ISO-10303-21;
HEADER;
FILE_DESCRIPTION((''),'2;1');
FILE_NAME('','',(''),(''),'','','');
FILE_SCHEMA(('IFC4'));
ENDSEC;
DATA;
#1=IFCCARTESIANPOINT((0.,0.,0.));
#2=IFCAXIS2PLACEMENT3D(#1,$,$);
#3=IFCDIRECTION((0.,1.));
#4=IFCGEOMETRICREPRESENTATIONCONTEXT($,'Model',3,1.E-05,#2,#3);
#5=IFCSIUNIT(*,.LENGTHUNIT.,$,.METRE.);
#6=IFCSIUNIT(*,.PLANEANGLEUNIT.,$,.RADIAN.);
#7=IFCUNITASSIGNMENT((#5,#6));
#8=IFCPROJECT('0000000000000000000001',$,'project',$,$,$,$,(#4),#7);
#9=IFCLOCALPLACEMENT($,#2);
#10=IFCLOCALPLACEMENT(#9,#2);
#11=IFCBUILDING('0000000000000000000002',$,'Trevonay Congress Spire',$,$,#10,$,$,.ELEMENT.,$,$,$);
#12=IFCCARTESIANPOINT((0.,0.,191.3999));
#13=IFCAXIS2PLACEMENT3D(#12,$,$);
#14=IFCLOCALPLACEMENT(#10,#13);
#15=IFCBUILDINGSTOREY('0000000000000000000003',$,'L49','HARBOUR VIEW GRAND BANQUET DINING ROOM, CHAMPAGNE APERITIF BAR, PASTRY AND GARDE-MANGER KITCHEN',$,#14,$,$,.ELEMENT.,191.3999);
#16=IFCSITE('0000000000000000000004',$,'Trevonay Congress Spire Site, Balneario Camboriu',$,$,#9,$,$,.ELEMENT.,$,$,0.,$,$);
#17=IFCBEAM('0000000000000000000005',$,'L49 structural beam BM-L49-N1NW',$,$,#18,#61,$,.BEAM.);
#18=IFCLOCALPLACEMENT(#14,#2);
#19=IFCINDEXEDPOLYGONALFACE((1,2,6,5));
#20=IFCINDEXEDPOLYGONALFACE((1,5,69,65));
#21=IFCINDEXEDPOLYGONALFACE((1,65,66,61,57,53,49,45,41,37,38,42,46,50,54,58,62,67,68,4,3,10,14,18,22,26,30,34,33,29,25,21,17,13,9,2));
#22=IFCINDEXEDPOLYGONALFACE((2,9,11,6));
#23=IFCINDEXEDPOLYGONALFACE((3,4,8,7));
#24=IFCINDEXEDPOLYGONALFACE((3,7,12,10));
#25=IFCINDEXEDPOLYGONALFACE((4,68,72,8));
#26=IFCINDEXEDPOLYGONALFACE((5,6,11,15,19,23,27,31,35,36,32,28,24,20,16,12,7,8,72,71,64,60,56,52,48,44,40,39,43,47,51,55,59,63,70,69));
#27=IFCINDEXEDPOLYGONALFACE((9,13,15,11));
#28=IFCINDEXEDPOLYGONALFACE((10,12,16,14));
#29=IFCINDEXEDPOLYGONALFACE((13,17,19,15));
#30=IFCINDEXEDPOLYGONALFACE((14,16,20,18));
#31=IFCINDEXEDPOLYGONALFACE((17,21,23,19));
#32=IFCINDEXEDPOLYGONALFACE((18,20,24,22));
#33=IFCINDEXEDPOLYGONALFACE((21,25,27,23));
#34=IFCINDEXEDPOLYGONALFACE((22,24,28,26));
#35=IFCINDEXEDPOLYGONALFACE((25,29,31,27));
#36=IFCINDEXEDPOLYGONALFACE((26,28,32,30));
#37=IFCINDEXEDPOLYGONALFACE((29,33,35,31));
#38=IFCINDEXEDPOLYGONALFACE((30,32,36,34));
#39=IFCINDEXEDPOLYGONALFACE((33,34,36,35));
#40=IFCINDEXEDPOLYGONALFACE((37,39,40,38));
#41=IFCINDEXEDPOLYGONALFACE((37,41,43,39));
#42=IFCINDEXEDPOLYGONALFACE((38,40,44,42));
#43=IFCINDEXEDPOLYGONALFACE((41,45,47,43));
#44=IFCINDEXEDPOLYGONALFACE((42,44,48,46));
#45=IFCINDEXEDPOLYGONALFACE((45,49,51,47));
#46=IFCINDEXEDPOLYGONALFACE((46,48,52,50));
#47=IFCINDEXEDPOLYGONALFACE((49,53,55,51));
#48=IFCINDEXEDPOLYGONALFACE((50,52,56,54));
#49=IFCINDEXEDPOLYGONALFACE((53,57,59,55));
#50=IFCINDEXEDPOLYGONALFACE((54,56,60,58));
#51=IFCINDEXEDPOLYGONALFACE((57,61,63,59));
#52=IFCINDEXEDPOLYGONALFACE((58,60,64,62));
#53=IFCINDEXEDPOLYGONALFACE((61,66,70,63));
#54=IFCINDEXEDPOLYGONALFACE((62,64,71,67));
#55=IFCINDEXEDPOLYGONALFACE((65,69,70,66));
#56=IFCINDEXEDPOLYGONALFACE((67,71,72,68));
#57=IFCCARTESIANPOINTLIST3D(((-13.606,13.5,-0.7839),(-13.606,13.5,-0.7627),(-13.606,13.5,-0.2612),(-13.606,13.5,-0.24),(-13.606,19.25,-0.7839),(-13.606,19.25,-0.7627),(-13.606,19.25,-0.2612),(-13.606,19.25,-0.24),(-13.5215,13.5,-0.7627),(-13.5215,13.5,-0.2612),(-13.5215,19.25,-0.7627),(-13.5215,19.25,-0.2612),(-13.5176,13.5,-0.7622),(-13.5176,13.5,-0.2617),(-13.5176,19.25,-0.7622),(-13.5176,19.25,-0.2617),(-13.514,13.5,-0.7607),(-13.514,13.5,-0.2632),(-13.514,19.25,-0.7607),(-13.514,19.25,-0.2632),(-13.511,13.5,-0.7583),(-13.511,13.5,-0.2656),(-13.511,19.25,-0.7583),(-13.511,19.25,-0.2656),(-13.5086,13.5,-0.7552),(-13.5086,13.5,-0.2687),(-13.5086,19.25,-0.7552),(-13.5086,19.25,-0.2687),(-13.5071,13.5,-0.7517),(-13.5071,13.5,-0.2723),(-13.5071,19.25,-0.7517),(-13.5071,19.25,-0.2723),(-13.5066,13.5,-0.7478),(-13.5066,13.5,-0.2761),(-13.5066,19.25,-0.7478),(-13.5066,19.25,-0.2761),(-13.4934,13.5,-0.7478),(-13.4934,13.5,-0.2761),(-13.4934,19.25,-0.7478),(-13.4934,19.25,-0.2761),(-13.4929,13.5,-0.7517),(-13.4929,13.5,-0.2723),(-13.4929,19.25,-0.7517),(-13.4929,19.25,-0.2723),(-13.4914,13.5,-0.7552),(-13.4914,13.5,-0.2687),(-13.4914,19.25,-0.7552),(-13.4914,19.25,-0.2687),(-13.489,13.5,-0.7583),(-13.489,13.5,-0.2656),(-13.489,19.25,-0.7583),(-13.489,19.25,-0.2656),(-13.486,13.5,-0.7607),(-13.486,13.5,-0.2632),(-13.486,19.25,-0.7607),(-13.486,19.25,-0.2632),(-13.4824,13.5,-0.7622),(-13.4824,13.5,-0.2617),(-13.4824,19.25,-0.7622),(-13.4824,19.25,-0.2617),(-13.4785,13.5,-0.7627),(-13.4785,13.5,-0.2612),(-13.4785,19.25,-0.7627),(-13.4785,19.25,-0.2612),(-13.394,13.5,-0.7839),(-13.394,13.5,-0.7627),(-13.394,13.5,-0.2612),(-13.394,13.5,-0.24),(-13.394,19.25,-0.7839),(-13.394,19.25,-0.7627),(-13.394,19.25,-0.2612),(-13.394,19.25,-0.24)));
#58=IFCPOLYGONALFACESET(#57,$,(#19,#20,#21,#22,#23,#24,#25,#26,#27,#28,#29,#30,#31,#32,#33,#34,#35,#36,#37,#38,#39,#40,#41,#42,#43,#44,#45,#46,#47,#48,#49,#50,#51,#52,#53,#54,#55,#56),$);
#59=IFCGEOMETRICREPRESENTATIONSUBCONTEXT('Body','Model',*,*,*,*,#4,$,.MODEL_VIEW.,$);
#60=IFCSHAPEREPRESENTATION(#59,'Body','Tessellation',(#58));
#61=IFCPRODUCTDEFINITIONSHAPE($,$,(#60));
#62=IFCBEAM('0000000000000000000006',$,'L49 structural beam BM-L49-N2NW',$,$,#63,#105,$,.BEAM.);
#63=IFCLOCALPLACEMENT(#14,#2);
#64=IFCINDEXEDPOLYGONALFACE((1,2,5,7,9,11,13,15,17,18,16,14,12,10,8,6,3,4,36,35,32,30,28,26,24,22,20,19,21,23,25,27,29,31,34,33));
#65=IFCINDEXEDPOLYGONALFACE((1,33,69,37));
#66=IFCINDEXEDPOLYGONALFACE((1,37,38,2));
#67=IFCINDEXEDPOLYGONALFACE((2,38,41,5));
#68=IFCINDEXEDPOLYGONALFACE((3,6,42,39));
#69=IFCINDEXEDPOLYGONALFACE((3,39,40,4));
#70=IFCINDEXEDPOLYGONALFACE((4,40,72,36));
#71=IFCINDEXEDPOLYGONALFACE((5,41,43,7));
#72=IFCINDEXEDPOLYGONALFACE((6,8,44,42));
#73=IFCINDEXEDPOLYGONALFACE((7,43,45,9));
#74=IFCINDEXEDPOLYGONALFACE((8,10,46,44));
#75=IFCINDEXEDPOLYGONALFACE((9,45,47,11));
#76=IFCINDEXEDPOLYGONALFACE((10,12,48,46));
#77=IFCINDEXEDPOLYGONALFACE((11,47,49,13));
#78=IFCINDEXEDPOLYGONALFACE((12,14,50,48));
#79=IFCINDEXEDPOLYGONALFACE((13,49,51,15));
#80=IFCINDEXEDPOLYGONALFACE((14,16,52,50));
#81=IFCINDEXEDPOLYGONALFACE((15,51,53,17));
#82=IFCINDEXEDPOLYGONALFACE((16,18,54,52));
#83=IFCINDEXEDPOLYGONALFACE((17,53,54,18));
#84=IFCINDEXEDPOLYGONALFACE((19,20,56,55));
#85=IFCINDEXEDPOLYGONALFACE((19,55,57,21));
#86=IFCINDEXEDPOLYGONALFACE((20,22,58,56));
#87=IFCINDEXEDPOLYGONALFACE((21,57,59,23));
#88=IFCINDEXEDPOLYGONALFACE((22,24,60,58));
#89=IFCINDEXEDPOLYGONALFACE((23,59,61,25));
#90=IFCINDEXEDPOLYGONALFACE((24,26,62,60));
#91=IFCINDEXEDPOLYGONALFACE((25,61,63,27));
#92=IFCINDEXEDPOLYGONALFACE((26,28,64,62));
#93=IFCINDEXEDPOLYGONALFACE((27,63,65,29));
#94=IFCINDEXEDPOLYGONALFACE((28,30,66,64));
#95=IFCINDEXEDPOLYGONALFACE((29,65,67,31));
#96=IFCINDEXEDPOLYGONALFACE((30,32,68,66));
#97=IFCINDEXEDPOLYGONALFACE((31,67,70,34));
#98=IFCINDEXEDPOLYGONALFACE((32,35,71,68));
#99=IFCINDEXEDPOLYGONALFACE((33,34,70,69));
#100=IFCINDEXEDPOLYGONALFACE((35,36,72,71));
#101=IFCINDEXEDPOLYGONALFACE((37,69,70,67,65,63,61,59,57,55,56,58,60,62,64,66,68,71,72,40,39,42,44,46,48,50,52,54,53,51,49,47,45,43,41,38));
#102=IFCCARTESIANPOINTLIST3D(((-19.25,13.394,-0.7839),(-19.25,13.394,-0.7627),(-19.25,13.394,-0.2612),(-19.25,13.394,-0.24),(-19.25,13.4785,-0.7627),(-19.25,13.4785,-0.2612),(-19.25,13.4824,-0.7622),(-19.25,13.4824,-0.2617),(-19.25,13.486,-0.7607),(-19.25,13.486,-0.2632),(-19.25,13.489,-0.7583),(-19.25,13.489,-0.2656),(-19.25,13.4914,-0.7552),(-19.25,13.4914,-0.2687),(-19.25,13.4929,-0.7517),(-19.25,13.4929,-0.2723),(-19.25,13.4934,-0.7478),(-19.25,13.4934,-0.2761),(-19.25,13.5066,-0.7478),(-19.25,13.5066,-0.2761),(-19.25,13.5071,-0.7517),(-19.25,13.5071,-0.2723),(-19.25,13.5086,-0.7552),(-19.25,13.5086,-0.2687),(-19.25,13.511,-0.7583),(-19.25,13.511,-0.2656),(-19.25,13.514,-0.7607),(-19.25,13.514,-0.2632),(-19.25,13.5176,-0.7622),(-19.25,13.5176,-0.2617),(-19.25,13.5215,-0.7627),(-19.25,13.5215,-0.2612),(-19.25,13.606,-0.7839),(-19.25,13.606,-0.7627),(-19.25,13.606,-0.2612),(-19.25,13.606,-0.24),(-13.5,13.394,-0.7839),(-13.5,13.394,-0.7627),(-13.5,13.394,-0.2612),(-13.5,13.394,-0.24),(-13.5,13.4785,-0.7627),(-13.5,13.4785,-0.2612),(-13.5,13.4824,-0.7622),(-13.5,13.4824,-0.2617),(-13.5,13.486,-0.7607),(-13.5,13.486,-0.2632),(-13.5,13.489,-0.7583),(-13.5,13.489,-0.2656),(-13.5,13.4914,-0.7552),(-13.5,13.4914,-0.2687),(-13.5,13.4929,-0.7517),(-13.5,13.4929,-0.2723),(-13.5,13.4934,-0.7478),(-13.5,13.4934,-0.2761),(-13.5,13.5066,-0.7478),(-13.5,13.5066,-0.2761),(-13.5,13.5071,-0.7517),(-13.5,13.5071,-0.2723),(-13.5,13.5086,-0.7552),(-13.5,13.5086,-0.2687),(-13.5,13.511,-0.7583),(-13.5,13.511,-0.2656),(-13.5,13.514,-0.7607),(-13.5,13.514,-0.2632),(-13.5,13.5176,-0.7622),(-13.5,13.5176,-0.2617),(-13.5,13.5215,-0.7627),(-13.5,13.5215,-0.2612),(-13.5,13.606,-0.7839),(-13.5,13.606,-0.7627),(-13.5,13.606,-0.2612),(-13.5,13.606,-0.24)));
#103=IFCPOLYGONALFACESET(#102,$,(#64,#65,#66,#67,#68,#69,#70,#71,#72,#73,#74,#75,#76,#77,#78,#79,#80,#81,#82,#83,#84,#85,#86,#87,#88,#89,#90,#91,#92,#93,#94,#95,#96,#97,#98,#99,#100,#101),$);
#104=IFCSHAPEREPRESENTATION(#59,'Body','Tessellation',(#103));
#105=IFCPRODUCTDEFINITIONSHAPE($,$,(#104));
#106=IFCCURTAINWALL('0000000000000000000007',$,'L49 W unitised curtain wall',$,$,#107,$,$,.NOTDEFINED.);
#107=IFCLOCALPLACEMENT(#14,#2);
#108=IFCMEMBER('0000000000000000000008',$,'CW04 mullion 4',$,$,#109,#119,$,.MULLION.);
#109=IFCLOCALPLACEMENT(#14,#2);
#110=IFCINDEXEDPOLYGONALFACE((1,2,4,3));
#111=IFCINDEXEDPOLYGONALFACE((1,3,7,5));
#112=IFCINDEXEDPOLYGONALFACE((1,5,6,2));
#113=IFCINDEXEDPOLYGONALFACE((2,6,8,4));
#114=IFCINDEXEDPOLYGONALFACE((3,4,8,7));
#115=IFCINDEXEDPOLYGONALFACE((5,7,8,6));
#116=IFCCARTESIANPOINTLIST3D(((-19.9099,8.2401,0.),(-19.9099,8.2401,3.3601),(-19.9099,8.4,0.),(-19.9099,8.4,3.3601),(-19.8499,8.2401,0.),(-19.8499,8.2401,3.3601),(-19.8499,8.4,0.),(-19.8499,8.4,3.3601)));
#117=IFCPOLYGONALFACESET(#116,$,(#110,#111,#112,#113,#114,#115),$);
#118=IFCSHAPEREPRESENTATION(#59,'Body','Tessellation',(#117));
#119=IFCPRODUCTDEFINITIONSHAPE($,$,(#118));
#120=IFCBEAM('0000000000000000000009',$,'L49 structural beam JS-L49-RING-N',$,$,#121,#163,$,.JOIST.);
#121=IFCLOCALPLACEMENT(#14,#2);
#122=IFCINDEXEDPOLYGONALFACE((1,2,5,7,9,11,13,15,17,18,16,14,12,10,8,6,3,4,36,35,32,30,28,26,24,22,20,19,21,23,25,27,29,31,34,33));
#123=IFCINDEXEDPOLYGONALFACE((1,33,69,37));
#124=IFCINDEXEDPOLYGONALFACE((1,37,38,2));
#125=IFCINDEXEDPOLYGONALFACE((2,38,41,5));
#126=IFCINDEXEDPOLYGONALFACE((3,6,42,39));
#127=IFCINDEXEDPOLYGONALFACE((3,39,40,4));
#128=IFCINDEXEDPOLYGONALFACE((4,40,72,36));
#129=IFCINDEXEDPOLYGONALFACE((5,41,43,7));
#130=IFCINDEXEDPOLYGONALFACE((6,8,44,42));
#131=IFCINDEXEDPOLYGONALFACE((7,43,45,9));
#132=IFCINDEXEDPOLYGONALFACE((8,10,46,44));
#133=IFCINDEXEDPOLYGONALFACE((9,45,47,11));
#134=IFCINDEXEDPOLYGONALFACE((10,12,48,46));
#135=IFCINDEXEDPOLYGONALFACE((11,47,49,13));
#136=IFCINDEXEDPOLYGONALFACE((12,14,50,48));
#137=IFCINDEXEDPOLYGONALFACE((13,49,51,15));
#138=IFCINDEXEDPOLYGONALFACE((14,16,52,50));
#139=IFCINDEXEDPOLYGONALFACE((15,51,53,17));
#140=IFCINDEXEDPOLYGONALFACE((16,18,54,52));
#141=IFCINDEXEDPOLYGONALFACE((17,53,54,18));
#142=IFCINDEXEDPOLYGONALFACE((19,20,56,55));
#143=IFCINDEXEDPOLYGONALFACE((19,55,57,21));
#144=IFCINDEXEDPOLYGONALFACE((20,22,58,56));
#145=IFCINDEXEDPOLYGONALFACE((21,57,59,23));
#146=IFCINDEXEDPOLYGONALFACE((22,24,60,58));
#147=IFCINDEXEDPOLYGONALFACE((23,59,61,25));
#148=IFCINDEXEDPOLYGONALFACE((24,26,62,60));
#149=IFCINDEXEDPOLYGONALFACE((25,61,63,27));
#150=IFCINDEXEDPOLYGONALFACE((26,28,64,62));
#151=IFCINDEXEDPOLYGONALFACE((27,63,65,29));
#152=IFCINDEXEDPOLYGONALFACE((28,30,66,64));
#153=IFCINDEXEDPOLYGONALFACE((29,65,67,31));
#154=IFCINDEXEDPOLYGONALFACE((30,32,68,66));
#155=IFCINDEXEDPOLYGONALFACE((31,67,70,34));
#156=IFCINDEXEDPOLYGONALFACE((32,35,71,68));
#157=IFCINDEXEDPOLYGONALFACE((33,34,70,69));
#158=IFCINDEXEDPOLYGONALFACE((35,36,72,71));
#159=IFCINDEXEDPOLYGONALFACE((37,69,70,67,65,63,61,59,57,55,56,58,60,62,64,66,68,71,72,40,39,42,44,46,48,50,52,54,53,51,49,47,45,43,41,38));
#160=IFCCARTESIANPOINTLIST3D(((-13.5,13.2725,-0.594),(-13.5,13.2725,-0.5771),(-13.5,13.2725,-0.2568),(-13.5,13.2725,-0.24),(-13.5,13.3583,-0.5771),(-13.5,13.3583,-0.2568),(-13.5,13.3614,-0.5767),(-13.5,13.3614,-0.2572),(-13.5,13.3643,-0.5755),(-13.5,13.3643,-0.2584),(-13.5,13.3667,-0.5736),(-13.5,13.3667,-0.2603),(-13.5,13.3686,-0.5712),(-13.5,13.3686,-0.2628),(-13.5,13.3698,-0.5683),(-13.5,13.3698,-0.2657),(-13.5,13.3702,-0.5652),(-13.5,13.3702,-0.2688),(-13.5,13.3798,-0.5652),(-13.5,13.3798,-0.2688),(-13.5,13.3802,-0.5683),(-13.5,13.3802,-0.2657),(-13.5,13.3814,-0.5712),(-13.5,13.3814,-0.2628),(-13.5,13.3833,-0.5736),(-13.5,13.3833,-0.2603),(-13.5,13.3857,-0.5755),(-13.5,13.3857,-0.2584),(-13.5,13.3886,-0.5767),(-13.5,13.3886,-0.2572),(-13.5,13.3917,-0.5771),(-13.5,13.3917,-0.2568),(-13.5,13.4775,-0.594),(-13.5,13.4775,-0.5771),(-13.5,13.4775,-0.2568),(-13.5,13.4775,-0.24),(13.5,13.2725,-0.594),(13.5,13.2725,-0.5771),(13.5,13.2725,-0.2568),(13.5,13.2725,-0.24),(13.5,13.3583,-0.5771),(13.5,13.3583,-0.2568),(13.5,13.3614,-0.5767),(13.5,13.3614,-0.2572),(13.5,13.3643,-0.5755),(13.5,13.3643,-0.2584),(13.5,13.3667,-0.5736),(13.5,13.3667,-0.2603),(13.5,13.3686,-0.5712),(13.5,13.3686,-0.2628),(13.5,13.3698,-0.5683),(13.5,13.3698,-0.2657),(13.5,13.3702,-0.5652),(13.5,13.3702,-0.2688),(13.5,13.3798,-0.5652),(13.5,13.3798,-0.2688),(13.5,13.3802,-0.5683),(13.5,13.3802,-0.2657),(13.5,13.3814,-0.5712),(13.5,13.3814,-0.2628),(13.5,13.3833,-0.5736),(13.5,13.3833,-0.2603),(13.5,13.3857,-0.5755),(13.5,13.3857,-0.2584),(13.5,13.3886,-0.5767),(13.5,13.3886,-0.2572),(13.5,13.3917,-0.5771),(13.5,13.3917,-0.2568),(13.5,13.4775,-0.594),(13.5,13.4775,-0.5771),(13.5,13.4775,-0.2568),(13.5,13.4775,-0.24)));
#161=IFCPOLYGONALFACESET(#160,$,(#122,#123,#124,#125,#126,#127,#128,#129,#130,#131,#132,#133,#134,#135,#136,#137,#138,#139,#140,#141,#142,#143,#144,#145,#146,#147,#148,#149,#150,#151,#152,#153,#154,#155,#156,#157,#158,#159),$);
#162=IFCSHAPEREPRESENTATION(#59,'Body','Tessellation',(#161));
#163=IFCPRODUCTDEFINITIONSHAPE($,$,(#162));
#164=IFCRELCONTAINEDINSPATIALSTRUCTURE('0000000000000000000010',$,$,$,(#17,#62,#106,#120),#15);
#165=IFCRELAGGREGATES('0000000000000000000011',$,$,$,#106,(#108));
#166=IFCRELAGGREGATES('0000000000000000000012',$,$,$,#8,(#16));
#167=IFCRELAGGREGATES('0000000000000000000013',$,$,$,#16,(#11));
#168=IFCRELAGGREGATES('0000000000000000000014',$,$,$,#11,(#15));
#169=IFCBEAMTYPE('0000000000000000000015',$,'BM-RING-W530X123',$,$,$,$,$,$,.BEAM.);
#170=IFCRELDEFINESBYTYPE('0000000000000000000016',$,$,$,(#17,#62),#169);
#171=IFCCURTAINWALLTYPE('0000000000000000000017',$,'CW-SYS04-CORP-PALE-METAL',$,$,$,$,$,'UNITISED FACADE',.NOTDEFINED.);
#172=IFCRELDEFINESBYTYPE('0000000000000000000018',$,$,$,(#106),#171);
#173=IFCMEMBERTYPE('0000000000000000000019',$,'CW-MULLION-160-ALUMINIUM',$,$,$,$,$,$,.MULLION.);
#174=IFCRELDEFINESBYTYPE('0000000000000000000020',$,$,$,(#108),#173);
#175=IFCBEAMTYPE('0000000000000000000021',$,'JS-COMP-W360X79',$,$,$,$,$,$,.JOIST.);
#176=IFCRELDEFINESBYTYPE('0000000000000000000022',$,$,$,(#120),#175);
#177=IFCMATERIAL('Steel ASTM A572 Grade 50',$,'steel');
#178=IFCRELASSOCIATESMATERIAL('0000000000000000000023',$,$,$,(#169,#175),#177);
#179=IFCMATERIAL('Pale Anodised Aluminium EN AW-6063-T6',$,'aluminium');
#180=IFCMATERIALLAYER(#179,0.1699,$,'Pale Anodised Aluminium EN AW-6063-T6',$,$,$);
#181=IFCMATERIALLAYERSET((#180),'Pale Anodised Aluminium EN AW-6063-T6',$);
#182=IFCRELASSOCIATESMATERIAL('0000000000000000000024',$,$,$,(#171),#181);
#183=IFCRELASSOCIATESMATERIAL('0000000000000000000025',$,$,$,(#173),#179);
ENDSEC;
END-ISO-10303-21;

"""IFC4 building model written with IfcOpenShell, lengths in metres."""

from ifc_helpers import new_model, si_unit, direction, frame, origin, origin_2d, place, context, subcontext, project, spatial, rectangle, i_section, extrude, material, layer, layer_set, material_profile, profile_set, type_object, element, aggregate, save


model = new_model("IFC4")

# Units and contexts
model_context = context("Model", 3, precision=1e-05, world=origin(), true_north=direction((0.0, 1.0)))
body_context = subcontext(model_context, "Body", "Model", "MODEL_VIEW")
ifc_project = project(units=[si_unit("LENGTHUNIT", "METRE"), si_unit("PLANEANGLEUNIT", "RADIAN")], contexts=[model_context])

# Site, building, storey
site_placement = place(None, origin())
site = spatial("IfcSite", under=ifc_project, at=site_placement, Name="Trevonay Congress Spire Site, Balneario Camboriu", CompositionType="ELEMENT", RefElevation=0.0)
building_placement = place(site_placement, origin())
building = spatial("IfcBuilding", under=site, at=building_placement, Name="Trevonay Congress Spire", CompositionType="ELEMENT")
storey_placement = place(building_placement, frame((0.0, 0.0, 191.3999)))
storey = spatial("IfcBuildingStorey", under=building, at=storey_placement, Name="L49", Description="HARBOUR VIEW GRAND BANQUET DINING ROOM, CHAMPAGNE APERITIF BAR, PASTRY AND GARDE-MANGER KITCHEN", CompositionType="ELEMENT", Elevation=191.3999)

# Shared definitions
ifc_material_1 = material(Name="Steel ASTM A572 Grade 50", Category="steel")

# Beams
ifc_material_profile_1 = material_profile(ifc_material_1, i_section(OverallWidth=0.2119, OverallDepth=0.5439, WebThickness=0.0132, FlangeThickness=0.0212, FilletRadius=0.0149, at=origin_2d()), Name="W530x123")
ifc_profile_set_1 = profile_set([ifc_material_profile_1], Name="Steel ASTM A572 Grade 50")
beam_type_1 = type_object("IfcBeamType", Name="BM-RING-W530X123", PredefinedType="BEAM", material=ifc_profile_set_1)
for number, where, z_axis, x_axis, name in (
    (1, (-13.5, 19.25, -0.512), (0.0, -1.0, 0.0), (1.0, 0.0, 0.0), "L49 structural beam BM-L49-N1NW"),
    (2, (-19.25, 13.5, -0.512), (1.0, 0.0, 0.0), (0.0, 1.0, 0.0), "L49 structural beam BM-L49-N2NW"),
):
    element("IfcBeam", number, at=place(storey_placement, frame(where, z_axis=z_axis, x_axis=x_axis)), inside=storey, type_object=beam_type_1, Name=name, PredefinedType="BEAM", context=body_context, shape_type="SweptSolid", body=[
        extrude(i_section(OverallWidth=0.2119, OverallDepth=0.5439, WebThickness=0.0132, FlangeThickness=0.0212, FilletRadius=0.0149, at=origin_2d()), origin(), (0.0, 0.0, 1.0), 5.75),
    ])

# Curtain wall, member
ifc_material_2 = material(Name="Pale Anodised Aluminium EN AW-6063-T6", Category="aluminium")
ifc_layer_1 = layer(ifc_material_2, 0.1699, Name="Pale Anodised Aluminium EN AW-6063-T6")
ifc_layer_set_1 = layer_set([ifc_layer_1], Name="Pale Anodised Aluminium EN AW-6063-T6")
curtain_wall_type = type_object("IfcCurtainWallType", Name="CW-SYS04-CORP-PALE-METAL", ElementType="UNITISED FACADE", PredefinedType="NOTDEFINED", material=ifc_layer_set_1)
curtain_wall_placement = place(storey_placement, origin())
curtain_wall = element("IfcCurtainWall", 3, at=curtain_wall_placement, inside=storey, type_object=curtain_wall_type, Name="L49 W unitised curtain wall", PredefinedType="NOTDEFINED")
ifc_material_profile_2 = material_profile(ifc_material_2, rectangle(XDim=0.0601, YDim=0.1599, at=origin_2d()), Name="CW-MULLION-160-ALUMINIUM")
ifc_profile_set_2 = profile_set([ifc_material_profile_2], Name="Pale Anodised Aluminium EN AW-6063-T6")
member_type_1 = type_object("IfcMemberType", Name="CW-MULLION-160-ALUMINIUM", PredefinedType="MULLION", material=ifc_profile_set_2)
member_1_placement = place(storey_placement, frame((-19.8799, 8.3201, 0.0), z_axis=(0.0, 0.0, 1.0), x_axis=(-1.0, 0.0, 0.0)))
member_1 = element("IfcMember", 4, at=member_1_placement, type_object=member_type_1, Name="CW04 mullion 4", PredefinedType="MULLION", context=body_context, shape_type="SweptSolid", body=[
    extrude(rectangle(XDim=0.0601, YDim=0.1599, at=origin_2d()), origin(), (0.0, 0.0, 1.0), 3.3601),
])
aggregate(curtain_wall, [member_1])

# Beam
ifc_material_profile_3 = material_profile(ifc_material_1, i_section(OverallWidth=0.2051, OverallDepth=0.354, WebThickness=0.0095, FlangeThickness=0.0168, FilletRadius=0.012, at=origin_2d()), Name="W360x79")
ifc_profile_set_3 = profile_set([ifc_material_profile_3], Name="Steel ASTM A572 Grade 50")
beam_type_2 = type_object("IfcBeamType", Name="JS-COMP-W360X79", PredefinedType="JOIST", material=ifc_profile_set_3)
beam_placement = place(storey_placement, frame((-13.5, 13.375, -0.417), z_axis=(1.0, 0.0, 0.0), x_axis=(0.0, 1.0, 0.0)))
element("IfcBeam", 5, at=beam_placement, inside=storey, type_object=beam_type_2, Name="L49 structural beam JS-L49-RING-N", PredefinedType="JOIST", context=body_context, shape_type="SweptSolid", body=[
    extrude(i_section(OverallWidth=0.2051, OverallDepth=0.354, WebThickness=0.0095, FlangeThickness=0.0168, FilletRadius=0.012, at=origin_2d()), origin(), (0.0, 0.0, 1.0), 27.0),
])

save(model, "model.ifc")
